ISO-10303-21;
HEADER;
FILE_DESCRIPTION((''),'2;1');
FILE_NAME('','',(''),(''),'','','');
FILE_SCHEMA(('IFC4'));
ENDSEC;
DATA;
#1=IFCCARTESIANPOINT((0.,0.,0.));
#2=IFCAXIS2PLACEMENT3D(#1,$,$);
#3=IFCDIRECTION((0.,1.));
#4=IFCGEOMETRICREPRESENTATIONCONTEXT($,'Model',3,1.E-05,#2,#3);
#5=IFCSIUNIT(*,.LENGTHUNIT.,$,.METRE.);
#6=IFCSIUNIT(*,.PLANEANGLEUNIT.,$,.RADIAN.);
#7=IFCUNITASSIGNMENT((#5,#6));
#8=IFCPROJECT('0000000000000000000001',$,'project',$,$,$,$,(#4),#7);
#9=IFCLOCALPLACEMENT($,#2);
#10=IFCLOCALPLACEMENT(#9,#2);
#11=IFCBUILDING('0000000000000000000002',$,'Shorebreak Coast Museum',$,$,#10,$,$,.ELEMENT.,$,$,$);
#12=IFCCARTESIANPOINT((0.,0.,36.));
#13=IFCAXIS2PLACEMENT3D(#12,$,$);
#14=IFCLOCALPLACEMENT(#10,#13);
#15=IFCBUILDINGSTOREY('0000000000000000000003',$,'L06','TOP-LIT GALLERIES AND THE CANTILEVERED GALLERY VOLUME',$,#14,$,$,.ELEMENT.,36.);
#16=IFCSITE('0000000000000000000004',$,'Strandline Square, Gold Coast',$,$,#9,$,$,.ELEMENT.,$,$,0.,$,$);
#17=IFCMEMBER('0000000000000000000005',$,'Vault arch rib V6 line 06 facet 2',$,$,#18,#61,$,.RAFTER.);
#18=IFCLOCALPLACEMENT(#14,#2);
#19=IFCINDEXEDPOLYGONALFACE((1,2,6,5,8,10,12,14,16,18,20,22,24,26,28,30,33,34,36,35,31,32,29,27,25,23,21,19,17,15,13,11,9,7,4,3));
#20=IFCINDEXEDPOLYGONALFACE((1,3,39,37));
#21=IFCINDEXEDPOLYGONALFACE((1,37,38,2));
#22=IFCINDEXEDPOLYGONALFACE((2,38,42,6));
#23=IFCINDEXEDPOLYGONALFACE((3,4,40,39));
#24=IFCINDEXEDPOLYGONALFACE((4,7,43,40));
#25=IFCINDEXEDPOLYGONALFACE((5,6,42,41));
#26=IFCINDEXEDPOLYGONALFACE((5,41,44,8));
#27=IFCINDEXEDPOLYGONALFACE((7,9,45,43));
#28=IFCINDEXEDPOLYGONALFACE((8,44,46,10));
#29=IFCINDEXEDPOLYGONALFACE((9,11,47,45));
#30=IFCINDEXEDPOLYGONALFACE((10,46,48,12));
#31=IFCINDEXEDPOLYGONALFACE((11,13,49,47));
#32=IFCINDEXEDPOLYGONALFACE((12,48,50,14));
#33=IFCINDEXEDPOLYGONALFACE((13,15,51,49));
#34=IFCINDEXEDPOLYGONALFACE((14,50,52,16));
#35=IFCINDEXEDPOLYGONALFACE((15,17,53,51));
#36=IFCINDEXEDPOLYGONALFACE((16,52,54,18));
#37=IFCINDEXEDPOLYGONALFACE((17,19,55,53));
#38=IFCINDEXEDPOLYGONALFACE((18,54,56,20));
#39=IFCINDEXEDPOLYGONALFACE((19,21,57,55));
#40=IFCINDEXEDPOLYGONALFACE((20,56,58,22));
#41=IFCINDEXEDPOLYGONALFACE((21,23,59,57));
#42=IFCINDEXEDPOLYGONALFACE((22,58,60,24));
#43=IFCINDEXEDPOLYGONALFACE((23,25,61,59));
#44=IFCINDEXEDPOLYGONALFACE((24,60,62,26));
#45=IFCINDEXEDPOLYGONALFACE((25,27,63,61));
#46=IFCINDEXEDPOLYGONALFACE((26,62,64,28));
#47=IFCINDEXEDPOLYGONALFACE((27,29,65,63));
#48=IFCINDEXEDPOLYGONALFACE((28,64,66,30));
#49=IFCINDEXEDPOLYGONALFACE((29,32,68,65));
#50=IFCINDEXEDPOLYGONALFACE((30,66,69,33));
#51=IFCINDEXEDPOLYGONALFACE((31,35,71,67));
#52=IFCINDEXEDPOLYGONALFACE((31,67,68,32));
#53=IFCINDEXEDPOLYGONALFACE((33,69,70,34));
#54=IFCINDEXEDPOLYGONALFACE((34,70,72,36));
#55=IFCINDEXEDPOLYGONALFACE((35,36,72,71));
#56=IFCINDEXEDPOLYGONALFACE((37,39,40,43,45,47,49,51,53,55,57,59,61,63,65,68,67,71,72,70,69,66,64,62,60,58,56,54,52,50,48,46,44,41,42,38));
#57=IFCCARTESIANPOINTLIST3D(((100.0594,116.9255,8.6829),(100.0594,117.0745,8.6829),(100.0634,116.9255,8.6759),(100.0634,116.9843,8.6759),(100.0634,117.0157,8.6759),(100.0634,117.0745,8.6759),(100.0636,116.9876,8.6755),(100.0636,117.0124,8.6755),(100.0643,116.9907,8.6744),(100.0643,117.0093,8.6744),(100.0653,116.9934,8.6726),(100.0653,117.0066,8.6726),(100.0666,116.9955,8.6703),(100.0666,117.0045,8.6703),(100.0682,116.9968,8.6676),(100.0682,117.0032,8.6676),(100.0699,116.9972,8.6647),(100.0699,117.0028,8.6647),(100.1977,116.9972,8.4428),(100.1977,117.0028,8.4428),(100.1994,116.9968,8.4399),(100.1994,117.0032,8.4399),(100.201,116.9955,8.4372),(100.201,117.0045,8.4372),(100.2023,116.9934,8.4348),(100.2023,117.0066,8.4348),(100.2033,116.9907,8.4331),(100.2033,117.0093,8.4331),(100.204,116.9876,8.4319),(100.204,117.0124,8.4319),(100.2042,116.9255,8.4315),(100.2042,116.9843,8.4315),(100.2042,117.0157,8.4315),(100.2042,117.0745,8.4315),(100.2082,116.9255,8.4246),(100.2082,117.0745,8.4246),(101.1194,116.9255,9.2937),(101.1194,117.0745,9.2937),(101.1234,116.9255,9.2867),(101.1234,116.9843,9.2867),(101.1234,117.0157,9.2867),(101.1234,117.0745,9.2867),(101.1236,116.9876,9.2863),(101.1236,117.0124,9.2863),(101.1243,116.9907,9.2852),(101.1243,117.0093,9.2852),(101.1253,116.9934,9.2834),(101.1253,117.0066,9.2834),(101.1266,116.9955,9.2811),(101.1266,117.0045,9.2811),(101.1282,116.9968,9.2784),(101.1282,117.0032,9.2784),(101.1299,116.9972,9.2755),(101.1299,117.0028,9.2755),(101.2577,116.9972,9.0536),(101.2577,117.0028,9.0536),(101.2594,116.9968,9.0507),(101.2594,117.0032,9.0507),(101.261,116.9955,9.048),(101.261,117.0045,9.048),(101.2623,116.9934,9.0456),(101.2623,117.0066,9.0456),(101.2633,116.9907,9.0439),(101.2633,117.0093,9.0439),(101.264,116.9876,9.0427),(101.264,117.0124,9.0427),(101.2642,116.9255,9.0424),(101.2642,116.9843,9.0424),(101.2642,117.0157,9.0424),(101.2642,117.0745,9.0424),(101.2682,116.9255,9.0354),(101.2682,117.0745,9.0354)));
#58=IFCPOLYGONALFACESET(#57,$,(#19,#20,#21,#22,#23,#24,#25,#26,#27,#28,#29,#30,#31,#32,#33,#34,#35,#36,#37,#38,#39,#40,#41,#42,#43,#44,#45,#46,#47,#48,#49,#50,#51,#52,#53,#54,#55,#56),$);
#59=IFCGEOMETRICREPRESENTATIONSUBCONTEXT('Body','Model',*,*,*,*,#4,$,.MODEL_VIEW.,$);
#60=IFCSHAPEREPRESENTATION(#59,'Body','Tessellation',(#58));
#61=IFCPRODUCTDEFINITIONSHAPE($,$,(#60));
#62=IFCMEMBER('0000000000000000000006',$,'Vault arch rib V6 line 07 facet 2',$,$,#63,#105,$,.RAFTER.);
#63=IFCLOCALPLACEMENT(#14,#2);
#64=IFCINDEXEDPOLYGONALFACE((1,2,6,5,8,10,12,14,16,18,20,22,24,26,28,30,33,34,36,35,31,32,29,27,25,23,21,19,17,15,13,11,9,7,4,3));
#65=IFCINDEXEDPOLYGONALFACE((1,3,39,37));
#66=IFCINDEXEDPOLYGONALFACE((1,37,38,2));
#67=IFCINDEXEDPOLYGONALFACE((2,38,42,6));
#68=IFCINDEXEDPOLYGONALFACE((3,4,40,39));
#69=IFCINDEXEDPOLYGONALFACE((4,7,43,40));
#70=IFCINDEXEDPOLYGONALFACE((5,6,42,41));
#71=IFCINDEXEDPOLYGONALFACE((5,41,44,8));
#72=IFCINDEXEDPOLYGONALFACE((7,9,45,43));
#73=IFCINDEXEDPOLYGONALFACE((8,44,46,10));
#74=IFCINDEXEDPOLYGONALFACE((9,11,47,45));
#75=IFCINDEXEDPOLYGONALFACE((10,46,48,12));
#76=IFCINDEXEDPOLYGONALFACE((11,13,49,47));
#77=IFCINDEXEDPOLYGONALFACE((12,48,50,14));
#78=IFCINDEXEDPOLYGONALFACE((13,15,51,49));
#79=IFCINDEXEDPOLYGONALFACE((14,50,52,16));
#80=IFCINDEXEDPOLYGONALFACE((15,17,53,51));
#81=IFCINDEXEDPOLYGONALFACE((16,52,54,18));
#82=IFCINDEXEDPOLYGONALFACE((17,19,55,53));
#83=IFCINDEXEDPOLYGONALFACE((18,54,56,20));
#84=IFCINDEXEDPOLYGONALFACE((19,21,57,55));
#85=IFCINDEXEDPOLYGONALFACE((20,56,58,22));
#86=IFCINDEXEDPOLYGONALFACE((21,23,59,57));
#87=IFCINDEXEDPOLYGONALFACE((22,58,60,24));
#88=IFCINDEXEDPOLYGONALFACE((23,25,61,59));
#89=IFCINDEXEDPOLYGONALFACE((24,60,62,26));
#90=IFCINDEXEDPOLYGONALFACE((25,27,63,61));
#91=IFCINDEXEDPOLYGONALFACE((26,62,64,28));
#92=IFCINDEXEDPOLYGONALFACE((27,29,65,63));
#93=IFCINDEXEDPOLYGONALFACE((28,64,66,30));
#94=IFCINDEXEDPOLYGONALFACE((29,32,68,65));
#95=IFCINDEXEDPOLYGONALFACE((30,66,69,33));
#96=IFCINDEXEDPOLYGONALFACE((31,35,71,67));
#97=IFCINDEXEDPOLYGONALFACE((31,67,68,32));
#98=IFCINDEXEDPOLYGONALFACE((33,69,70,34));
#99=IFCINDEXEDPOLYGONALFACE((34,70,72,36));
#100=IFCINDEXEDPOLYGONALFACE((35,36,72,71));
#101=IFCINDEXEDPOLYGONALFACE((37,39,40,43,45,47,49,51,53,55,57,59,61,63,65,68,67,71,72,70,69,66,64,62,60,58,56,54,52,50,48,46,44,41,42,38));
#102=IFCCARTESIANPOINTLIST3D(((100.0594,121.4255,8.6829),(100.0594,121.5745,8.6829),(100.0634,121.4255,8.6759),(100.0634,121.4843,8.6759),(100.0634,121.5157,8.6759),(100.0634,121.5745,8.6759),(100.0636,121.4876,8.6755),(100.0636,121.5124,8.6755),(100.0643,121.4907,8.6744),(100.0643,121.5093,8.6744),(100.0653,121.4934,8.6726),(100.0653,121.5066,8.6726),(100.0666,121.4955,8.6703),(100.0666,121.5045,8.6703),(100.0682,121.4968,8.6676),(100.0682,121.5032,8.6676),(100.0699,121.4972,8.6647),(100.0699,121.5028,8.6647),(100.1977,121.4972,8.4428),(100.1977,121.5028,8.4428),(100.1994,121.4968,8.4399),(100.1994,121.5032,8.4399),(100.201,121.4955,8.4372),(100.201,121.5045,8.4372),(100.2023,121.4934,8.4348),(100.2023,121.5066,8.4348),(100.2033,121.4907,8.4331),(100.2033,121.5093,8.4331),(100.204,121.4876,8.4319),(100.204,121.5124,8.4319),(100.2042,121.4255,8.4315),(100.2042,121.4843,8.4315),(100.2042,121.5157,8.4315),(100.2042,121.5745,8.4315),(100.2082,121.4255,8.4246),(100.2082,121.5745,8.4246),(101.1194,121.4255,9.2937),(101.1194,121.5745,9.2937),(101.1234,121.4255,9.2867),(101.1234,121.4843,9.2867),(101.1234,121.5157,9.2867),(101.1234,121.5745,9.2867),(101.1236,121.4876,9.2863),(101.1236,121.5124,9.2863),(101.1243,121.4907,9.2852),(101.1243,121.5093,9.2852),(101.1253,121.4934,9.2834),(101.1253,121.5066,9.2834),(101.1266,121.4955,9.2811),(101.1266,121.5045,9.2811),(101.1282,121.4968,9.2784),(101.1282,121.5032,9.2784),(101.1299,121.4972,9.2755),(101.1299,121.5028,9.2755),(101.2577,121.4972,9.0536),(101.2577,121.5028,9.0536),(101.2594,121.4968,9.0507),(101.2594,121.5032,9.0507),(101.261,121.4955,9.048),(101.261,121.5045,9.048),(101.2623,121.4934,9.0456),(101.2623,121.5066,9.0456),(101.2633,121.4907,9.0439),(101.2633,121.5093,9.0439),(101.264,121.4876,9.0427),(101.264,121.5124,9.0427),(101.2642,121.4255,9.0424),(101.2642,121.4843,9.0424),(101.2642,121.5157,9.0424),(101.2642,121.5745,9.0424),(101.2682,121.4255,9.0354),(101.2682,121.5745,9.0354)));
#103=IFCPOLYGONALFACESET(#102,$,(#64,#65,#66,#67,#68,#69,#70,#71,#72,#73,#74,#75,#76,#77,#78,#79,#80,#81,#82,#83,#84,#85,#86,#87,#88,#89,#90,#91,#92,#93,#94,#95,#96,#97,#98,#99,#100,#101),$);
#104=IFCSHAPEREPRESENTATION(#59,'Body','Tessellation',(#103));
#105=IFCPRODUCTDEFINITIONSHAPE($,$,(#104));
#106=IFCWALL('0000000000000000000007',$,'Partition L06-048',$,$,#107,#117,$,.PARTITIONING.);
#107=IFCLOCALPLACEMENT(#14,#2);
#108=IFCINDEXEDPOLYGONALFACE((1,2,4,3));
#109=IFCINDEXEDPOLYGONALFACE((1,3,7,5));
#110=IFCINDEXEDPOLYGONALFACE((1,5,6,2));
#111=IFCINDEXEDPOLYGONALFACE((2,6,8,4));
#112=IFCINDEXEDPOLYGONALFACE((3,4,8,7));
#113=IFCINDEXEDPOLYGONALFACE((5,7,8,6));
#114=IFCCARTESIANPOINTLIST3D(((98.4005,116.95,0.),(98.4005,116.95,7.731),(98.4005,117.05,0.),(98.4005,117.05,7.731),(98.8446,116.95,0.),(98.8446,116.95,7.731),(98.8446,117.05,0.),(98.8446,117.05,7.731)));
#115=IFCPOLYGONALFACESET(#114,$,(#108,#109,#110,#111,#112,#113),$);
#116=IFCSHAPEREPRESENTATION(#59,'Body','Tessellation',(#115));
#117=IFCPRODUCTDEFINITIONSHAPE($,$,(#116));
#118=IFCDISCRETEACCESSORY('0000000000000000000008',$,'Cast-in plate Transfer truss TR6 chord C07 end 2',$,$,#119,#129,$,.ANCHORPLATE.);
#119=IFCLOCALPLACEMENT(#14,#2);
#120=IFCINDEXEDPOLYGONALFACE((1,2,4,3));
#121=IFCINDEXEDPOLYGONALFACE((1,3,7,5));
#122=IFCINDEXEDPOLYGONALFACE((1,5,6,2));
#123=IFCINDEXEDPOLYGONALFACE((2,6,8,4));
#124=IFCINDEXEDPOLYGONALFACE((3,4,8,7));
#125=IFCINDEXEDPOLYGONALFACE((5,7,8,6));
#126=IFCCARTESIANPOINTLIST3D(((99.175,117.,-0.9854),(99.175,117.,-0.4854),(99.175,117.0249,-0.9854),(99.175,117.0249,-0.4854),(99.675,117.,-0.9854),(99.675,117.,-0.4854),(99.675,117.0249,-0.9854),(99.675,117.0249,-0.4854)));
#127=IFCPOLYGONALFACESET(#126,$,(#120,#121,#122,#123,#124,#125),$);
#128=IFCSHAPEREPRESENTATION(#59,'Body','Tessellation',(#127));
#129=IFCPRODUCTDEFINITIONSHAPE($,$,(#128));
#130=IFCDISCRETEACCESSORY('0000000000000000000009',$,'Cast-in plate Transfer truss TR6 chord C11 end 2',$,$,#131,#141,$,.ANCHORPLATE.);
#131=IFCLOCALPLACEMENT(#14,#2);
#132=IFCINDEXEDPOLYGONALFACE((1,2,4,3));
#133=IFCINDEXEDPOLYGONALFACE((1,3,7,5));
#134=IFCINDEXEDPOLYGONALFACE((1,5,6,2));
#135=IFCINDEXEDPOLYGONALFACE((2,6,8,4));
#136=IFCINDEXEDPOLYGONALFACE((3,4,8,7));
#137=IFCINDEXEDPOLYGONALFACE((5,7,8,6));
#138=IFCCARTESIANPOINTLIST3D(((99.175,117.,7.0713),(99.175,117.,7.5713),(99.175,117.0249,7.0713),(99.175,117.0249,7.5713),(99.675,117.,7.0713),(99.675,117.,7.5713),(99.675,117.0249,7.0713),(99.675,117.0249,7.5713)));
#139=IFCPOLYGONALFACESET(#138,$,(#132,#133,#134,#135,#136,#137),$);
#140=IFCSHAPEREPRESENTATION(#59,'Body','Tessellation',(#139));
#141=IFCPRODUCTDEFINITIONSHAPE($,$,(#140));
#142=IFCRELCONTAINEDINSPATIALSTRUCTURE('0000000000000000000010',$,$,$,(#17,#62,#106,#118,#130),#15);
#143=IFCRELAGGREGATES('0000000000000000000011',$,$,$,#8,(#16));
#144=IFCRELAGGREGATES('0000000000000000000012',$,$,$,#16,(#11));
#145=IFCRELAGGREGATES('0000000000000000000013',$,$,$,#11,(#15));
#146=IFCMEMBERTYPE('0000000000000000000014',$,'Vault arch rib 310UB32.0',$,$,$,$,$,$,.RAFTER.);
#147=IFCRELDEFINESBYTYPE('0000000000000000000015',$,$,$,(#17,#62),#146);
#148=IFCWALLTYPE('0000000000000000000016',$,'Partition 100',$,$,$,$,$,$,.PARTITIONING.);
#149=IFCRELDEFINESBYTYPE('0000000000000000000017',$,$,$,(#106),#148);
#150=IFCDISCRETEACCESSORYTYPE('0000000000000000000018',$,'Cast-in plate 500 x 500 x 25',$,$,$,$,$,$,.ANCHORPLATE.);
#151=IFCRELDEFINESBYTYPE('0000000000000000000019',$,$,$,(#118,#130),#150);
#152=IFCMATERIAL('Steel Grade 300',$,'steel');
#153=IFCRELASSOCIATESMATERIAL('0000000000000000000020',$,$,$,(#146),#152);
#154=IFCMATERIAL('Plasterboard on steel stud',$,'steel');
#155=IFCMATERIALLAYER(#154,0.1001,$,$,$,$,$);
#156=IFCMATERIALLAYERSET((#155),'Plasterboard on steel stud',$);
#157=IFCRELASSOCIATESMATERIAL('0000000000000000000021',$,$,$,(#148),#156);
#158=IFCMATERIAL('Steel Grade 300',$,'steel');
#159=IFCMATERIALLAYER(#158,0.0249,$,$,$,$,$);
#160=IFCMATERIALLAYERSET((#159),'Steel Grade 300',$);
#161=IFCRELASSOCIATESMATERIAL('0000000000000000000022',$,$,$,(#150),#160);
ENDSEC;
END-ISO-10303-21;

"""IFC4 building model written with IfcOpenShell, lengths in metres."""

from ifc_helpers import new_model, si_unit, direction, frame, frame_2d, origin, origin_2d, place, context, subcontext, project, spatial, polyline, rectangle, i_section, outline, extrude, material, layer, layer_set, material_profile, profile_set, type_object, element, save


model = new_model("IFC4")

# Units and contexts
model_context = context("Model", 3, precision=1e-05, world=origin(), true_north=direction((0.0, 1.0)))
body_context = subcontext(model_context, "Body", "Model", "MODEL_VIEW")
ifc_project = project(units=[si_unit("LENGTHUNIT", "METRE"), si_unit("PLANEANGLEUNIT", "RADIAN")], contexts=[model_context])

# Site, building, storey
site_placement = place(None, origin())
site = spatial("IfcSite", under=ifc_project, at=site_placement, Name="Strandline Square, Gold Coast", CompositionType="ELEMENT", RefElevation=0.0)
building_placement = place(site_placement, origin())
building = spatial("IfcBuilding", under=site, at=building_placement, Name="Shorebreak Coast Museum", CompositionType="ELEMENT")
storey_placement = place(building_placement, frame((0.0, 0.0, 36.0)))
storey = spatial("IfcBuildingStorey", under=building, at=storey_placement, Name="L06", Description="TOP-LIT GALLERIES AND THE CANTILEVERED GALLERY VOLUME", CompositionType="ELEMENT", Elevation=36.0)

# Members
ifc_material_1 = material(Name="Steel Grade 300", Category="steel")
ifc_material_profile_1 = material_profile(ifc_material_1, i_section(OverallWidth=0.1489, OverallDepth=0.2981, WebThickness=0.0056, FlangeThickness=0.0081, FilletRadius=0.0129, at=origin_2d()), Name="310UB32.0")
ifc_profile_set_1 = profile_set([ifc_material_profile_1], Name="Steel Grade 300")
member_type_1 = type_object("IfcMemberType", Name="Vault arch rib 310UB32.0", PredefinedType="RAFTER", material=ifc_profile_set_1)
for number, where, z_axis, x_axis, name in (
    (1, (100.1338, 117.0, 8.5537), (0.866445, 0.0, 0.499273), (0.0, 1.0, 0.0), "Vault arch rib V6 line 06 facet 2"),
    (2, (100.1338, 121.5, 8.5537), (0.866445, 0.0, 0.499273), (0.0, 1.0, 0.0), "Vault arch rib V6 line 07 facet 2"),
):
    element("IfcMember", number, at=place(storey_placement, frame(where, z_axis=z_axis, x_axis=x_axis)), inside=storey, type_object=member_type_1, Name=name, PredefinedType="RAFTER", context=body_context, shape_type="SweptSolid", body=[
        extrude(i_section(OverallWidth=0.1489, OverallDepth=0.2981, WebThickness=0.0056, FlangeThickness=0.0081, FilletRadius=0.0129, at=origin_2d()), origin(), (0.0, 0.0, 1.0), 1.2234),
    ])

# Wall
ifc_material_2 = material(Name="Plasterboard on steel stud", Category="steel")
ifc_layer_1 = layer(ifc_material_2, 0.1001)
ifc_layer_set_1 = layer_set([ifc_layer_1], Name="Plasterboard on steel stud")
wall_type = type_object("IfcWallType", Name="Partition 100", PredefinedType="PARTITIONING", material=ifc_layer_set_1)
wall_placement = place(storey_placement, frame((98.4004, 117.0, 0.0), z_axis=(0.0, 0.0, 1.0), x_axis=(1.0, 0.0, 0.0)))
element("IfcWall", 3, at=wall_placement, inside=storey, type_object=wall_type, Name="Partition L06-048", PredefinedType="PARTITIONING", context=body_context, shape_type="SweptSolid", body=[
    extrude(rectangle(XDim=0.4441, YDim=0.1001, at=frame_2d((0.2222, 0.0))), origin(), (0.0, 0.0, 1.0), 7.731),
])

# Discrete accessories
ifc_material_3 = material(Name="Steel Grade 300", Category="steel")
ifc_layer_2 = layer(ifc_material_3, 0.0249)
ifc_layer_set_2 = layer_set([ifc_layer_2], Name="Steel Grade 300")
discrete_accessory_type = type_object("IfcDiscreteAccessoryType", Name="Cast-in plate 500 x 500 x 25", PredefinedType="ANCHORPLATE", material=ifc_layer_set_2)
for number, where, z_axis, x_axis, name in (
    (4, (99.175, 117.0, -0.9854), (0.0, -1.0, 0.0), (1.0, 0.0, 0.0), "Cast-in plate Transfer truss TR6 chord C07 end 2"),
    (5, (99.175, 117.0, 7.0713), (0.0, -1.0, 0.0), (1.0, 0.0, 0.0), "Cast-in plate Transfer truss TR6 chord C11 end 2"),
):
    element("IfcDiscreteAccessory", number, at=place(storey_placement, frame(where, z_axis=z_axis, x_axis=x_axis)), inside=storey, type_object=discrete_accessory_type, Name=name, PredefinedType="ANCHORPLATE", context=body_context, shape_type="SweptSolid", body=[
        extrude(outline(polyline([(0.0, 0.0), (0.5, 0.0), (0.5, 0.5), (0.0, 0.5), (0.0, 0.0)])), origin(), (0.0, 0.0, -1.0), 0.0249),
    ])

save(model, "model.ifc")
